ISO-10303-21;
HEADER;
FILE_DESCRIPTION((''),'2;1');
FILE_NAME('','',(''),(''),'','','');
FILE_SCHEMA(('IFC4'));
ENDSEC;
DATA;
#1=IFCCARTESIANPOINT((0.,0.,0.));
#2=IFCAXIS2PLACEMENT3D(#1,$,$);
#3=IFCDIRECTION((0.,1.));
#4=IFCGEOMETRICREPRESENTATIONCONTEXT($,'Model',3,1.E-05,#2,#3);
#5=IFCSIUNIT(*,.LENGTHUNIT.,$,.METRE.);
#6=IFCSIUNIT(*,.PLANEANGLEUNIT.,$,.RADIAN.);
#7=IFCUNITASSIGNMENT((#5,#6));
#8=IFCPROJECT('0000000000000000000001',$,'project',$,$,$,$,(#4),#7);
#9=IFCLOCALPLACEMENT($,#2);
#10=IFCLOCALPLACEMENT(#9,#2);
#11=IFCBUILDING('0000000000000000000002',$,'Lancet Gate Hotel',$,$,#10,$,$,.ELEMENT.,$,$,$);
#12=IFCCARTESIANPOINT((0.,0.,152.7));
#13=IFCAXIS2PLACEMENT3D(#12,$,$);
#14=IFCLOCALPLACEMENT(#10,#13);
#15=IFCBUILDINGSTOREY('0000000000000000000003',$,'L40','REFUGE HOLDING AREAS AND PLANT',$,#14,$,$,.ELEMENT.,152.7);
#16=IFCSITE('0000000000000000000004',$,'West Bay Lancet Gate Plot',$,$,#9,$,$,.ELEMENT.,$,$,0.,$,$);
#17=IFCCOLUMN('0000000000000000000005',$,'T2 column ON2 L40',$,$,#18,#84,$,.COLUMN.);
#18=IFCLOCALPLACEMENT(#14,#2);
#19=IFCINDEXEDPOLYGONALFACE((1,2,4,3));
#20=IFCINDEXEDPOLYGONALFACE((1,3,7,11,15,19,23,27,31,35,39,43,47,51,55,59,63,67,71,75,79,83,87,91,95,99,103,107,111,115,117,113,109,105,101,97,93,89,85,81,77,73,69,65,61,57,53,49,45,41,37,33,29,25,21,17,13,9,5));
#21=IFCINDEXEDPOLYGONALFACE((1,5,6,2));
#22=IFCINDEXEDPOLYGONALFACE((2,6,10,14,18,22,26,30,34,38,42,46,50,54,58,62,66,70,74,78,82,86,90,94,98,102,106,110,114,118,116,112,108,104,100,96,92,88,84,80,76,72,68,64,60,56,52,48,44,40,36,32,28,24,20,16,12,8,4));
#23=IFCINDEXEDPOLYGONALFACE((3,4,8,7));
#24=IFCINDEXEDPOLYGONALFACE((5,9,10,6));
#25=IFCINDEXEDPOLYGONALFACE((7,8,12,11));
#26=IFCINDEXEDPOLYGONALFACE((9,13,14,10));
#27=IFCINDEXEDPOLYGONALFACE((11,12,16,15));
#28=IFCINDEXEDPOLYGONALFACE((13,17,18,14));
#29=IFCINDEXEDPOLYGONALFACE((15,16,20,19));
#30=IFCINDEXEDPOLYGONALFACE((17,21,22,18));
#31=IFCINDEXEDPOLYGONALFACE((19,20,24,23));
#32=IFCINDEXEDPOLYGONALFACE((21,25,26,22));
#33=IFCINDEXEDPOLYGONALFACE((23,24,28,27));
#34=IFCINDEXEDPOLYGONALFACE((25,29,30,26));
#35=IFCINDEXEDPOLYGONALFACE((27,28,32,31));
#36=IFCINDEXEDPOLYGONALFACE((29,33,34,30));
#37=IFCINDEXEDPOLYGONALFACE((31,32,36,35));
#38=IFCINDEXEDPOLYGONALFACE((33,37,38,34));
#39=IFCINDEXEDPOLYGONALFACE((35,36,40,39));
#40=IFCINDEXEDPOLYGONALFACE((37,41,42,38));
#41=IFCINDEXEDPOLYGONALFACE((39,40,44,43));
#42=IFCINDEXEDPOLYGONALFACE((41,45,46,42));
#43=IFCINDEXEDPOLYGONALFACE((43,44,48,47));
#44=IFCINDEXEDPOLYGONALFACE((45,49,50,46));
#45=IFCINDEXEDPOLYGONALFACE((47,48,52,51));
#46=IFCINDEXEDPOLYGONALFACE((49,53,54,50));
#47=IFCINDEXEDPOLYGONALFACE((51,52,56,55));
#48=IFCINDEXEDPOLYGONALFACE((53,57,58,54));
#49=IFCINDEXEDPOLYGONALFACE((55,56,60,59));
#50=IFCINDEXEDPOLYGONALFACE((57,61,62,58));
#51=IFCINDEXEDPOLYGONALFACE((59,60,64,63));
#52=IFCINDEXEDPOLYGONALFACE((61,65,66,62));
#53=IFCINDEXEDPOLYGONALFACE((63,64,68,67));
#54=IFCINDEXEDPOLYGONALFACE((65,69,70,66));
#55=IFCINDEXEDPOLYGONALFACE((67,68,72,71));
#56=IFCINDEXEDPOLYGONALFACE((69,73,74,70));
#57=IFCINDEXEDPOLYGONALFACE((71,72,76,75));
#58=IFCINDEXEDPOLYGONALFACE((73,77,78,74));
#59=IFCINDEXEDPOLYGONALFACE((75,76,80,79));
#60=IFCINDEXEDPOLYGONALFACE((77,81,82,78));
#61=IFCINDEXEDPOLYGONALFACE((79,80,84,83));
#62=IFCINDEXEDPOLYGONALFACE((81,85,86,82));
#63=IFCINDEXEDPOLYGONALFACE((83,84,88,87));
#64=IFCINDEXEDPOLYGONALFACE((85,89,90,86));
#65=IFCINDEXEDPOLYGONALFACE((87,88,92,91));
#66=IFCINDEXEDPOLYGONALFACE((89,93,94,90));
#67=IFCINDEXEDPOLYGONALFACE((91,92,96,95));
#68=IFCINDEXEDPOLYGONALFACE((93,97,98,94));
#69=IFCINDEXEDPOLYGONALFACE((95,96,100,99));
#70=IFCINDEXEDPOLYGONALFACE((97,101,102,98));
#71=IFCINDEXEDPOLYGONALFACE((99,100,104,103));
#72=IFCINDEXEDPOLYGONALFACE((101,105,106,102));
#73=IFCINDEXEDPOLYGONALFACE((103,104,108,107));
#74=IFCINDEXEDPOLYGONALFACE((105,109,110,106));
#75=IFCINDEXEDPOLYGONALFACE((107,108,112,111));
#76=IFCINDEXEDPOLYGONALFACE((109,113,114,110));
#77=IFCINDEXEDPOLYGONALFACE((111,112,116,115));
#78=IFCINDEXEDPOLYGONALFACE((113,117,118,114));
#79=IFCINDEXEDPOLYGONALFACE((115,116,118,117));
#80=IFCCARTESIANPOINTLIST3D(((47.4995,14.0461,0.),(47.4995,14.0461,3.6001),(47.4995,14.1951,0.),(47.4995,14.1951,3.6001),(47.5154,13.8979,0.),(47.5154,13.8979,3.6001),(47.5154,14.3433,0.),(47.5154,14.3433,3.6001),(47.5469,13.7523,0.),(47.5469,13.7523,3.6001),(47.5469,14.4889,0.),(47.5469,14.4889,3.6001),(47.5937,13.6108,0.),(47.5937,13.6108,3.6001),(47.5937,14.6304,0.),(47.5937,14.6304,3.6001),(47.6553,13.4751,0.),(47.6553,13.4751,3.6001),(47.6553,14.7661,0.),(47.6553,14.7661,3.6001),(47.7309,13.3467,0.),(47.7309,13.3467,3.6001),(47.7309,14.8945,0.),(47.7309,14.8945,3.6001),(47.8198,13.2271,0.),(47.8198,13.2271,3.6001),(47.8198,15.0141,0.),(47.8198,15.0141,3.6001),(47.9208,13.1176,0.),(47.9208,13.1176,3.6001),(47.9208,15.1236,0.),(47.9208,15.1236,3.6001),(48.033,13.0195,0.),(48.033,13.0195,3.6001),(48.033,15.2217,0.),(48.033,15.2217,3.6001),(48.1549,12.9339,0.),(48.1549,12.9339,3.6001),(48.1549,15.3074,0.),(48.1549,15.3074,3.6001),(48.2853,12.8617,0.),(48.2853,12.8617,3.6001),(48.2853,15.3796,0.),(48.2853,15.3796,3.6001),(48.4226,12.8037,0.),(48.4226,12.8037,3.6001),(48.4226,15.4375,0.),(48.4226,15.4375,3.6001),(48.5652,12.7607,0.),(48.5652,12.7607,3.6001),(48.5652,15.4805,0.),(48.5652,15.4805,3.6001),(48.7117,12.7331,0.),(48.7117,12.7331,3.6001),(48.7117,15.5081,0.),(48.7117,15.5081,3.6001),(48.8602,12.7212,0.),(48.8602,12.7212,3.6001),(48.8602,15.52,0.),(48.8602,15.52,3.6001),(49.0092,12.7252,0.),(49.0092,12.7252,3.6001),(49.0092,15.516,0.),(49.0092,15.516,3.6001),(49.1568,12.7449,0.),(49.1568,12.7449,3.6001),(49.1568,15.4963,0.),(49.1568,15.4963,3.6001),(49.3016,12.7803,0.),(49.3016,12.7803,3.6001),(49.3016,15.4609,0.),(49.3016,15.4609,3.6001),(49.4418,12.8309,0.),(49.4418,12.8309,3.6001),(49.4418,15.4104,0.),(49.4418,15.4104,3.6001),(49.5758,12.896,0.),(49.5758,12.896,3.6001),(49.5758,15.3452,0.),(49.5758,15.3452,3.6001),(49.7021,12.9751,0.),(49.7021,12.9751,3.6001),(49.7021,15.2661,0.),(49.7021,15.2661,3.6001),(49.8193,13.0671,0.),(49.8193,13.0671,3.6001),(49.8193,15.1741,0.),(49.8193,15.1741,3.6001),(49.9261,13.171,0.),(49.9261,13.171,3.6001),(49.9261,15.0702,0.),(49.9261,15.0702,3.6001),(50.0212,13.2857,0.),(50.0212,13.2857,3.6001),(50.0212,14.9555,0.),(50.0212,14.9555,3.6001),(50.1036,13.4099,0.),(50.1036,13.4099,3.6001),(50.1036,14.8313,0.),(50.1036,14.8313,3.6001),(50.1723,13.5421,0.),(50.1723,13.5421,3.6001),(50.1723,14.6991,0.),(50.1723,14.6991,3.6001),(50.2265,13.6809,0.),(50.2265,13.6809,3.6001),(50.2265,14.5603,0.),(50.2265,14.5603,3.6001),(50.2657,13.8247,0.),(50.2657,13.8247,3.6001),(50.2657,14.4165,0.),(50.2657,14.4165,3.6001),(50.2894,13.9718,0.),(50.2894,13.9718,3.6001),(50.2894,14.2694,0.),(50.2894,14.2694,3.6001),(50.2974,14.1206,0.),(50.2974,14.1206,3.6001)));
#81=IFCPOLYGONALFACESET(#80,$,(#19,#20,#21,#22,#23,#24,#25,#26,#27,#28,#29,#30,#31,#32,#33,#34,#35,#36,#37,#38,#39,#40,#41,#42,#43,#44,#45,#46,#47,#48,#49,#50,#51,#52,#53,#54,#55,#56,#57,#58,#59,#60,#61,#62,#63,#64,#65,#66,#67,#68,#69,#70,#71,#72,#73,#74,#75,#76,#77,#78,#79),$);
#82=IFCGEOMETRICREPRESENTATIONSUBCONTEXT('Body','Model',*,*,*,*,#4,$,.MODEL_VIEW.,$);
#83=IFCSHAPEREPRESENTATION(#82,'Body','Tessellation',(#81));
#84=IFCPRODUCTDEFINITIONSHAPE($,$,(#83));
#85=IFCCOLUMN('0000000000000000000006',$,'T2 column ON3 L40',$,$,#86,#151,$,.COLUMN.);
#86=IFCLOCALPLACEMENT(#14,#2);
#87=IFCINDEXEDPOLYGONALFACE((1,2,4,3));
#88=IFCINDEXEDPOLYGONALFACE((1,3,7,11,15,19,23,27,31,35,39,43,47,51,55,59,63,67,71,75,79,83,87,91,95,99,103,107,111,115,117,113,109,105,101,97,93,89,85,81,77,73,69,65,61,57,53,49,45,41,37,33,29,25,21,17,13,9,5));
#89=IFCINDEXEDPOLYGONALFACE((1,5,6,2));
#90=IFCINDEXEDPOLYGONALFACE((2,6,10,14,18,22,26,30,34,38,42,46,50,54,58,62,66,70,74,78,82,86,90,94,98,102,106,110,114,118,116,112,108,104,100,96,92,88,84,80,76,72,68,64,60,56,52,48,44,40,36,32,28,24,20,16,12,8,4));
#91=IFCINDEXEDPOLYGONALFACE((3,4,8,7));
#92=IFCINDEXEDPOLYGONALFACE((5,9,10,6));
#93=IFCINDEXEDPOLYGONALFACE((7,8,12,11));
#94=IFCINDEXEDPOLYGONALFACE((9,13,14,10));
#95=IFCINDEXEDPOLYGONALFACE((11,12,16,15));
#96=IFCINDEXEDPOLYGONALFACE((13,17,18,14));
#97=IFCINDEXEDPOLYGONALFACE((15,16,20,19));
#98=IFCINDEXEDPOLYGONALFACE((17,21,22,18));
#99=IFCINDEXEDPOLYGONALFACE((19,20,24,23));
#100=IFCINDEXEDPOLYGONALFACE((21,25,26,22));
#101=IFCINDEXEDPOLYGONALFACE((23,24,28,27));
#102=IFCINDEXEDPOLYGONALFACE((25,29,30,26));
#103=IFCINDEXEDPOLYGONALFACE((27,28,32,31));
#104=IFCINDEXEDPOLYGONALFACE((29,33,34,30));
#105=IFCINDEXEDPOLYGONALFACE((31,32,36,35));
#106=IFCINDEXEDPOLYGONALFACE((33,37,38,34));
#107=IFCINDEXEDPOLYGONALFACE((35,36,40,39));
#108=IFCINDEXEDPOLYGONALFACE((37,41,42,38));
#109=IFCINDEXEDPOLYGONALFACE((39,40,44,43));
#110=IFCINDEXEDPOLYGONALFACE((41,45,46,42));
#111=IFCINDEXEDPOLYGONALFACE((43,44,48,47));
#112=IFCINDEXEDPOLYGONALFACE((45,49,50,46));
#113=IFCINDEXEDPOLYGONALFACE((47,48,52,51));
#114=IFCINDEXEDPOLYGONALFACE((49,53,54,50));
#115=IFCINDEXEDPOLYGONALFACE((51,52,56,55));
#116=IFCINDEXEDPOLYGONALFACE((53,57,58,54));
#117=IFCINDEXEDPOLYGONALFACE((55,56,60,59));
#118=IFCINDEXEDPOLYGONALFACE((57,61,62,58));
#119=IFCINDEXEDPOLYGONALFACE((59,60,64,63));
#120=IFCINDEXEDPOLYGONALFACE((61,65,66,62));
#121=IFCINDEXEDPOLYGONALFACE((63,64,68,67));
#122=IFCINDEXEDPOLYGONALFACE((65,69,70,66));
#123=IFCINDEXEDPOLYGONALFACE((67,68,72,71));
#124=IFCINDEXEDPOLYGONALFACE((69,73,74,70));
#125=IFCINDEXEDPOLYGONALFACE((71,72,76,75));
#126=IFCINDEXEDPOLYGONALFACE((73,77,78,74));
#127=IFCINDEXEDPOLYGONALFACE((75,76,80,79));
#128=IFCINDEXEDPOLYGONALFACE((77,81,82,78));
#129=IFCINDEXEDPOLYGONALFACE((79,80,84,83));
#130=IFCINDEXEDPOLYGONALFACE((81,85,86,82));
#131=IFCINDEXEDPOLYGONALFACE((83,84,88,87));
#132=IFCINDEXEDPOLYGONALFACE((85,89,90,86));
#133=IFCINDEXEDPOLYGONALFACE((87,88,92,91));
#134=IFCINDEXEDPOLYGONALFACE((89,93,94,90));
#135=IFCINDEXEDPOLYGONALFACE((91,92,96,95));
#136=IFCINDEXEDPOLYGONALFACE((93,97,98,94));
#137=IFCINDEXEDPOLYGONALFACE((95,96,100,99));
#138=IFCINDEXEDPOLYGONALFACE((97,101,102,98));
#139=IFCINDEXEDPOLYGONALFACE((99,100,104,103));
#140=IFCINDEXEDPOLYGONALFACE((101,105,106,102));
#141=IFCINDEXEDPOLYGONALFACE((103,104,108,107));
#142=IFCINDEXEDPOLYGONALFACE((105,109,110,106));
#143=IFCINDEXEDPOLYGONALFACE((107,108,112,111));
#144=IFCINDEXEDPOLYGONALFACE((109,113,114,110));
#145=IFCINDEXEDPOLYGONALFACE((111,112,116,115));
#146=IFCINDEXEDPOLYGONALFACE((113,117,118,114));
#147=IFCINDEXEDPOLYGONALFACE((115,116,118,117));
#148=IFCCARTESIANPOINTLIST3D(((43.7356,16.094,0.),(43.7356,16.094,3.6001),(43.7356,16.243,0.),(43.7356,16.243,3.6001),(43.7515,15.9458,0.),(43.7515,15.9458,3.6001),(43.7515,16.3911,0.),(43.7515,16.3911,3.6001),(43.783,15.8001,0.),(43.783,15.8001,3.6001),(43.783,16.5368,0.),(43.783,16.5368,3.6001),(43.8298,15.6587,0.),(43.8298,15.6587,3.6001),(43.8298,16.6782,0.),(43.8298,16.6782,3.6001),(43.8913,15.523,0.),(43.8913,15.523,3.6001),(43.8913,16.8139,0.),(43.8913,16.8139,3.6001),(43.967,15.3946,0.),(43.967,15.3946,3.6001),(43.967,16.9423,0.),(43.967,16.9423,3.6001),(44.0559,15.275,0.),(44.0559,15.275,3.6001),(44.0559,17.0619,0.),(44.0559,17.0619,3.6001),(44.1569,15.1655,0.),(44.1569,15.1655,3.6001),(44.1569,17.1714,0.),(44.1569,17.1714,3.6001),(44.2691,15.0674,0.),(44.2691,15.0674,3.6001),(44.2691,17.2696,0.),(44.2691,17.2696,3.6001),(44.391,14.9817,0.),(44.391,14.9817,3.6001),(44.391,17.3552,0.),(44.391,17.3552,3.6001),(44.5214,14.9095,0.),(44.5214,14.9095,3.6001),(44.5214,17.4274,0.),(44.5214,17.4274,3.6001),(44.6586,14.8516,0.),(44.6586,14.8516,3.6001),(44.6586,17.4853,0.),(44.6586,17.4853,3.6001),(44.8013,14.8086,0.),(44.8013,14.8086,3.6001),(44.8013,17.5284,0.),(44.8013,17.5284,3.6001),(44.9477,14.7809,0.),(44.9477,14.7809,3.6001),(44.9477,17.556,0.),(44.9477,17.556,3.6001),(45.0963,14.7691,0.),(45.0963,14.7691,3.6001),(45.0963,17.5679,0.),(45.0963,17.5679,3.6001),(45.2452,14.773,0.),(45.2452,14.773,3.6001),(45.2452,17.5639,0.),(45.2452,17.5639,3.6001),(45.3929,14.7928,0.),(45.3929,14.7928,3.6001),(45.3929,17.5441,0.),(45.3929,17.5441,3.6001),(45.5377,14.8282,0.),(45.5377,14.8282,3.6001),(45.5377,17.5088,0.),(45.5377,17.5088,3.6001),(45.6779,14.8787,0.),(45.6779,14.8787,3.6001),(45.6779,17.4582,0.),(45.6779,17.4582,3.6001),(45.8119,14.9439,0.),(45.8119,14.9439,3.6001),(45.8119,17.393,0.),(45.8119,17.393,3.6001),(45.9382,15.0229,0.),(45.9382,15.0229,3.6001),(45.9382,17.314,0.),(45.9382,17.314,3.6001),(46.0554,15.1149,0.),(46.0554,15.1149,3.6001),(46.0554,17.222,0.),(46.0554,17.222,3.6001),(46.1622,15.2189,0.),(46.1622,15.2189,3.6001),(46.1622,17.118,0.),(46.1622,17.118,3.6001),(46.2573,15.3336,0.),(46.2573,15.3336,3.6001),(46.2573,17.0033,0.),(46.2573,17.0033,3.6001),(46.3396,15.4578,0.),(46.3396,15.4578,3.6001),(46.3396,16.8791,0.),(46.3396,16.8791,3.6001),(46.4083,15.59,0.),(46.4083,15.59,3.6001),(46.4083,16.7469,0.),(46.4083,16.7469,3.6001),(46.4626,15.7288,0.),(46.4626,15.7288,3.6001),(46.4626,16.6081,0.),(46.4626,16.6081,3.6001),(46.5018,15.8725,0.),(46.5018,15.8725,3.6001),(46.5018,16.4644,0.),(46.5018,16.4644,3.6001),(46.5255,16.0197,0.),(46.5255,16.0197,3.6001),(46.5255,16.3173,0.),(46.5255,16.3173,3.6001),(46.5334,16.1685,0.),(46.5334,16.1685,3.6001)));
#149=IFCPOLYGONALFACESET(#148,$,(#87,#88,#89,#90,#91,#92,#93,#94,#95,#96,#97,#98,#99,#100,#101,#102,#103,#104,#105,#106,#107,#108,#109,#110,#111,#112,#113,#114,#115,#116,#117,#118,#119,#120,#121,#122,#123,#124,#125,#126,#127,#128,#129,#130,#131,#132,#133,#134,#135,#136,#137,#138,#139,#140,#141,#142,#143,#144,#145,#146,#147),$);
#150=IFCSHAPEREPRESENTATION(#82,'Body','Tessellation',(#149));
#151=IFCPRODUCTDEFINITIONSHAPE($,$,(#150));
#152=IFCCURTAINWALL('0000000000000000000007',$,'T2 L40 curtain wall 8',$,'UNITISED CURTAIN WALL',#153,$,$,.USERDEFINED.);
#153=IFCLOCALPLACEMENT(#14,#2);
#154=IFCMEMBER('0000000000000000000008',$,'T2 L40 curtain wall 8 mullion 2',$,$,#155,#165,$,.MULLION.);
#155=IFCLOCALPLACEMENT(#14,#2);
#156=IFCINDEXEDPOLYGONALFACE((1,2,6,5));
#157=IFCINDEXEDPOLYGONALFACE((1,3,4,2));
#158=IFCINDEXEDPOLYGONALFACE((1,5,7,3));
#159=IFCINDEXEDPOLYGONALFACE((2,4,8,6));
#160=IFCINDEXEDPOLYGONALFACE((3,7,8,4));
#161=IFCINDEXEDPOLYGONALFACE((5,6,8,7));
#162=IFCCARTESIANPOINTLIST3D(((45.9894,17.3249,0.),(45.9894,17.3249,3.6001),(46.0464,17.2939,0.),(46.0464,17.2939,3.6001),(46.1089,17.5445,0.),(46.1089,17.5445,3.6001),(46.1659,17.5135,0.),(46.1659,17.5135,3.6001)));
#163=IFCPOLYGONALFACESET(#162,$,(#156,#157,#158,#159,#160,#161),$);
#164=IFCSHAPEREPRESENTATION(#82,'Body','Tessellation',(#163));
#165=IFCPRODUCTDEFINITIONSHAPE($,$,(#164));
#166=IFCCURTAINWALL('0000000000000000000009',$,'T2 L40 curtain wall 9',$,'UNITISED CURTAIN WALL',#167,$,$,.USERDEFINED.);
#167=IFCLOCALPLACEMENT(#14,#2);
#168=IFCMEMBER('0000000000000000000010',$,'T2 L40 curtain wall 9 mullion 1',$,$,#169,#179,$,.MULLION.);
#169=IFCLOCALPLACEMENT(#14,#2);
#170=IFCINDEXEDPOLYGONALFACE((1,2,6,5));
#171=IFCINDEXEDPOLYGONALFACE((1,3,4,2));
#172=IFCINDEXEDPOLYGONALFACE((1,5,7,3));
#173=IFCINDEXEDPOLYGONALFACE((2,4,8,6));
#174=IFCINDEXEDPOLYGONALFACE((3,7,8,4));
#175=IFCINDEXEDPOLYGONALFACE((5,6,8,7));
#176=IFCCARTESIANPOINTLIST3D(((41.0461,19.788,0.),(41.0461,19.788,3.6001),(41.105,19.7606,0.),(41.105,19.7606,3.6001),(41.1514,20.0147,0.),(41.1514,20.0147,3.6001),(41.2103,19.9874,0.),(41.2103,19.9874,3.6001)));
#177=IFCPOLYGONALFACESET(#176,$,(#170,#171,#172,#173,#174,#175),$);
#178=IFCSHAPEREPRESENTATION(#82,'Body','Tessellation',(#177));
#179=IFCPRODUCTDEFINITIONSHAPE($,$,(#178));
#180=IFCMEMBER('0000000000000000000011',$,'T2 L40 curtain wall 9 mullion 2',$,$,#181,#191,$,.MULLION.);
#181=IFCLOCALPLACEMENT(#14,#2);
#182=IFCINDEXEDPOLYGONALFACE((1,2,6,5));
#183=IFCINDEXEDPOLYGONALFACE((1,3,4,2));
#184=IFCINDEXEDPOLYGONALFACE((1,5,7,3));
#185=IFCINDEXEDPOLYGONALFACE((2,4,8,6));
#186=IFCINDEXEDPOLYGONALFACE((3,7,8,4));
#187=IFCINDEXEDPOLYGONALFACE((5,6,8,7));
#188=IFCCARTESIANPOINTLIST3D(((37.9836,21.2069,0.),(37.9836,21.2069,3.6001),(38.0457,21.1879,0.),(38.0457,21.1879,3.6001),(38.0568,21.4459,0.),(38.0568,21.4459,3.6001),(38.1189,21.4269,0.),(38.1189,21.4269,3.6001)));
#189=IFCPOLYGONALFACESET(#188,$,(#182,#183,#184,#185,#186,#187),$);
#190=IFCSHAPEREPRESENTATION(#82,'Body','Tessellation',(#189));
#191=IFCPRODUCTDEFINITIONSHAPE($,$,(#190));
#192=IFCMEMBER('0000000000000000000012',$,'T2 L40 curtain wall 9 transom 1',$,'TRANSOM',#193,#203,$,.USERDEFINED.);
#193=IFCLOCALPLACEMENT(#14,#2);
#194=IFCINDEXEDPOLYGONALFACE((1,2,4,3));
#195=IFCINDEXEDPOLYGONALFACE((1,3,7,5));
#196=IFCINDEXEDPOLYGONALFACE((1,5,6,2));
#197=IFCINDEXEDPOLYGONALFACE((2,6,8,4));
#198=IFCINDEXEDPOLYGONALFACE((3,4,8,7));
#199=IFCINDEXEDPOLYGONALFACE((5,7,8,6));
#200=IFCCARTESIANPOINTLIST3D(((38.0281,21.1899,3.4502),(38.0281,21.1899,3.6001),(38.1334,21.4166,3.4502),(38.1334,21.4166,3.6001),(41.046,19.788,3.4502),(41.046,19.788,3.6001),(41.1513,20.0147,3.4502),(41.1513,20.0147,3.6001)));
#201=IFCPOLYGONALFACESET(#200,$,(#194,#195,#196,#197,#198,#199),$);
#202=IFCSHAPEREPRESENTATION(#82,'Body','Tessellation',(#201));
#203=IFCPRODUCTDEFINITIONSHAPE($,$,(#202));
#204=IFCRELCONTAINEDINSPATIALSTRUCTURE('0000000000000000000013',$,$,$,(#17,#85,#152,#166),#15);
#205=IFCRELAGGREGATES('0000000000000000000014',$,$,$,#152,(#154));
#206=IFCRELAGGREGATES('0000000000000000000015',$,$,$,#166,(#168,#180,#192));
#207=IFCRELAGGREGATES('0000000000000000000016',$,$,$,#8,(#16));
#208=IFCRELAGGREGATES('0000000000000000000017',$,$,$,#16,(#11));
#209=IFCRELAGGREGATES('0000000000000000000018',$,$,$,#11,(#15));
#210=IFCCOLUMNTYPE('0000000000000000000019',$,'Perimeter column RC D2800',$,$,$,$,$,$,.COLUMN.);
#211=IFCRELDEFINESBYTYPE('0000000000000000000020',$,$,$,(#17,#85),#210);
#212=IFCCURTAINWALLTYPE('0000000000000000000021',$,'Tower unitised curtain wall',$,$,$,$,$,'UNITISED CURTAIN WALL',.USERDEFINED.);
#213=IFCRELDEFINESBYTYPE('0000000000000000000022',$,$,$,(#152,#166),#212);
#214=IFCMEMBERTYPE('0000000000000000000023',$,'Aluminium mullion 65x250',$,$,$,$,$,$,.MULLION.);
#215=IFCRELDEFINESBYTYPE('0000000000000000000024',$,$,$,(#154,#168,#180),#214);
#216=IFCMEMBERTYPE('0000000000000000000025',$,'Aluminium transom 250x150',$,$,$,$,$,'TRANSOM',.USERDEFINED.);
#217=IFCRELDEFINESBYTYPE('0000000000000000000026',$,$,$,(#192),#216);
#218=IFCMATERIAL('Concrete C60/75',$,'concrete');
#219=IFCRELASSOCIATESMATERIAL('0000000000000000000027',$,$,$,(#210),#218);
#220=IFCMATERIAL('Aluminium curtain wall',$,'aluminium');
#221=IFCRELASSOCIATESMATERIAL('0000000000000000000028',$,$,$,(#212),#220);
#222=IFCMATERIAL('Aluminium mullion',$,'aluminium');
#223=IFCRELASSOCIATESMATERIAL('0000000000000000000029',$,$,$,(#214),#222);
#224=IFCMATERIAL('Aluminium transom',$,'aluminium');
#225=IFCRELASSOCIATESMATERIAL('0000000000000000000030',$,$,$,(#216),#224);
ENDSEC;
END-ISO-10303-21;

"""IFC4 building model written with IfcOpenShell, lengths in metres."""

from ifc_helpers import new_model, si_unit, direction, frame, origin, origin_2d, place, context, subcontext, project, spatial, rectangle, circle, extrude, material, material_profile, profile_set, type_object, element, aggregate, save


model = new_model("IFC4")

# Units and contexts
model_context = context("Model", 3, precision=1e-05, world=origin(), true_north=direction((0.0, 1.0)))
body_context = subcontext(model_context, "Body", "Model", "MODEL_VIEW")
ifc_project = project(units=[si_unit("LENGTHUNIT", "METRE"), si_unit("PLANEANGLEUNIT", "RADIAN")], contexts=[model_context])

# Site, building, storey
site_placement = place(None, origin())
site = spatial("IfcSite", under=ifc_project, at=site_placement, Name="West Bay Lancet Gate Plot", CompositionType="ELEMENT", RefElevation=0.0)
building_placement = place(site_placement, origin())
building = spatial("IfcBuilding", under=site, at=building_placement, Name="Lancet Gate Hotel", CompositionType="ELEMENT")
storey_placement = place(building_placement, frame((0.0, 0.0, 152.7)))
storey = spatial("IfcBuildingStorey", under=building, at=storey_placement, Name="L40", Description="REFUGE HOLDING AREAS AND PLANT", CompositionType="ELEMENT", Elevation=152.7)

# Columns
ifc_material_1 = material(Name="Concrete C60/75", Category="concrete")
ifc_material_profile_1 = material_profile(ifc_material_1, circle(Radius=1.3999, at=origin_2d()), Name="RC D2800")
ifc_profile_set_1 = profile_set([ifc_material_profile_1], Name="Concrete C60/75")
column_type = type_object("IfcColumnType", Name="Perimeter column RC D2800", PredefinedType="COLUMN", material=ifc_profile_set_1)
for number, where, z_axis, x_axis, name in (
    (1, (48.8975, 14.1206, 0.0), (0.0, 0.0, 1.0), (1.0, 0.0, 0.0), "T2 column ON2 L40"),
    (2, (45.1335, 16.1685, 0.0), (0.0, 0.0, 1.0), (1.0, 0.0, 0.0), "T2 column ON3 L40"),
):
    element("IfcColumn", number, at=place(storey_placement, frame(where, z_axis=z_axis, x_axis=x_axis)), inside=storey, type_object=column_type, Name=name, PredefinedType="COLUMN", context=body_context, shape_type="SweptSolid", body=[
        extrude(circle(Radius=1.3999, at=origin_2d()), origin(), (0.0, 0.0, 1.0), 3.6001),
    ])

# Curtain wall, member
ifc_material_2 = material(Name="Aluminium curtain wall", Category="aluminium")
curtain_wall_type = type_object("IfcCurtainWallType", Name="Tower unitised curtain wall", ElementType="UNITISED CURTAIN WALL", PredefinedType="USERDEFINED", material=ifc_material_2)
curtain_wall_1_placement = place(storey_placement, origin())
curtain_wall_1 = element("IfcCurtainWall", 3, at=curtain_wall_1_placement, inside=storey, type_object=curtain_wall_type, Name="T2 L40 curtain wall 8", ObjectType="UNITISED CURTAIN WALL", PredefinedType="USERDEFINED")
ifc_material_3 = material(Name="Aluminium mullion", Category="aluminium")
ifc_material_profile_2 = material_profile(ifc_material_3, rectangle(XDim=0.0649, YDim=0.25, at=origin_2d()), Name="MULLION 65x250")
ifc_profile_set_2 = profile_set([ifc_material_profile_2], Name="Aluminium mullion")
member_type_1 = type_object("IfcMemberType", Name="Aluminium mullion 65x250", PredefinedType="MULLION", material=ifc_profile_set_2)
member_1_placement = place(storey_placement, frame((46.0776, 17.4192, 0.0), z_axis=(0.0, 0.0, 1.0), x_axis=(-0.87841, 0.477908, 0.0)))
member_1 = element("IfcMember", 4, at=member_1_placement, type_object=member_type_1, Name="T2 L40 curtain wall 8 mullion 2", PredefinedType="MULLION", context=body_context, shape_type="SweptSolid", body=[
    extrude(rectangle(XDim=0.0649, YDim=0.25, at=origin_2d()), origin(), (0.0, 0.0, 1.0), 3.6001),
])

# Curtain wall, members
curtain_wall_2_placement = place(storey_placement, origin())
curtain_wall_2 = element("IfcCurtainWall", 5, at=curtain_wall_2_placement, inside=storey, type_object=curtain_wall_type, Name="T2 L40 curtain wall 9", ObjectType="UNITISED CURTAIN WALL", PredefinedType="USERDEFINED")
member_2_placement = place(storey_placement, frame((41.1282, 19.8877, 0.0), z_axis=(0.0, 0.0, 1.0), x_axis=(-0.906935, 0.421271, 0.0)))
member_2 = element("IfcMember", 6, at=member_2_placement, type_object=member_type_1, Name="T2 L40 curtain wall 9 mullion 1", PredefinedType="MULLION", context=body_context, shape_type="SweptSolid", body=[
    extrude(rectangle(XDim=0.0649, YDim=0.25, at=origin_2d()), origin(), (0.0, 0.0, 1.0), 3.6001),
])
member_3_placement = place(storey_placement, frame((38.0513, 21.3169, 0.0), z_axis=(0.0, 0.0, 1.0), x_axis=(-0.956241, 0.292579, 0.0)))
member_3 = element("IfcMember", 7, at=member_3_placement, type_object=member_type_1, Name="T2 L40 curtain wall 9 mullion 2", PredefinedType="MULLION", context=body_context, shape_type="SweptSolid", body=[
    extrude(rectangle(XDim=0.0649, YDim=0.25, at=origin_2d()), origin(), (0.0, 0.0, 1.0), 3.6001),
])
ifc_material_4 = material(Name="Aluminium transom", Category="aluminium")
ifc_material_profile_3 = material_profile(ifc_material_4, rectangle(XDim=0.25, YDim=0.1499, at=origin_2d()), Name="TRANSOM 250x150")
ifc_profile_set_3 = profile_set([ifc_material_profile_3], Name="Aluminium transom")
member_type_2 = type_object("IfcMemberType", Name="Aluminium transom 250x150", ElementType="TRANSOM", PredefinedType="USERDEFINED", material=ifc_profile_set_3)
member_4_placement = place(storey_placement, frame((41.0986, 19.9014, 3.5251), z_axis=(-0.906926, 0.42129, 0.0), x_axis=(-0.42129, -0.906926, 0.0)))
member_4 = element("IfcMember", 8, at=member_4_placement, type_object=member_type_2, Name="T2 L40 curtain wall 9 transom 1", ObjectType="TRANSOM", PredefinedType="USERDEFINED", context=body_context, shape_type="SweptSolid", body=[
    extrude(rectangle(XDim=0.25, YDim=0.1499, at=origin_2d()), origin(), (0.0, 0.0, 1.0), 3.3276),
])

aggregate(curtain_wall_1, [member_1])
aggregate(curtain_wall_2, [member_2, member_3, member_4])

save(model, "model.ifc")
